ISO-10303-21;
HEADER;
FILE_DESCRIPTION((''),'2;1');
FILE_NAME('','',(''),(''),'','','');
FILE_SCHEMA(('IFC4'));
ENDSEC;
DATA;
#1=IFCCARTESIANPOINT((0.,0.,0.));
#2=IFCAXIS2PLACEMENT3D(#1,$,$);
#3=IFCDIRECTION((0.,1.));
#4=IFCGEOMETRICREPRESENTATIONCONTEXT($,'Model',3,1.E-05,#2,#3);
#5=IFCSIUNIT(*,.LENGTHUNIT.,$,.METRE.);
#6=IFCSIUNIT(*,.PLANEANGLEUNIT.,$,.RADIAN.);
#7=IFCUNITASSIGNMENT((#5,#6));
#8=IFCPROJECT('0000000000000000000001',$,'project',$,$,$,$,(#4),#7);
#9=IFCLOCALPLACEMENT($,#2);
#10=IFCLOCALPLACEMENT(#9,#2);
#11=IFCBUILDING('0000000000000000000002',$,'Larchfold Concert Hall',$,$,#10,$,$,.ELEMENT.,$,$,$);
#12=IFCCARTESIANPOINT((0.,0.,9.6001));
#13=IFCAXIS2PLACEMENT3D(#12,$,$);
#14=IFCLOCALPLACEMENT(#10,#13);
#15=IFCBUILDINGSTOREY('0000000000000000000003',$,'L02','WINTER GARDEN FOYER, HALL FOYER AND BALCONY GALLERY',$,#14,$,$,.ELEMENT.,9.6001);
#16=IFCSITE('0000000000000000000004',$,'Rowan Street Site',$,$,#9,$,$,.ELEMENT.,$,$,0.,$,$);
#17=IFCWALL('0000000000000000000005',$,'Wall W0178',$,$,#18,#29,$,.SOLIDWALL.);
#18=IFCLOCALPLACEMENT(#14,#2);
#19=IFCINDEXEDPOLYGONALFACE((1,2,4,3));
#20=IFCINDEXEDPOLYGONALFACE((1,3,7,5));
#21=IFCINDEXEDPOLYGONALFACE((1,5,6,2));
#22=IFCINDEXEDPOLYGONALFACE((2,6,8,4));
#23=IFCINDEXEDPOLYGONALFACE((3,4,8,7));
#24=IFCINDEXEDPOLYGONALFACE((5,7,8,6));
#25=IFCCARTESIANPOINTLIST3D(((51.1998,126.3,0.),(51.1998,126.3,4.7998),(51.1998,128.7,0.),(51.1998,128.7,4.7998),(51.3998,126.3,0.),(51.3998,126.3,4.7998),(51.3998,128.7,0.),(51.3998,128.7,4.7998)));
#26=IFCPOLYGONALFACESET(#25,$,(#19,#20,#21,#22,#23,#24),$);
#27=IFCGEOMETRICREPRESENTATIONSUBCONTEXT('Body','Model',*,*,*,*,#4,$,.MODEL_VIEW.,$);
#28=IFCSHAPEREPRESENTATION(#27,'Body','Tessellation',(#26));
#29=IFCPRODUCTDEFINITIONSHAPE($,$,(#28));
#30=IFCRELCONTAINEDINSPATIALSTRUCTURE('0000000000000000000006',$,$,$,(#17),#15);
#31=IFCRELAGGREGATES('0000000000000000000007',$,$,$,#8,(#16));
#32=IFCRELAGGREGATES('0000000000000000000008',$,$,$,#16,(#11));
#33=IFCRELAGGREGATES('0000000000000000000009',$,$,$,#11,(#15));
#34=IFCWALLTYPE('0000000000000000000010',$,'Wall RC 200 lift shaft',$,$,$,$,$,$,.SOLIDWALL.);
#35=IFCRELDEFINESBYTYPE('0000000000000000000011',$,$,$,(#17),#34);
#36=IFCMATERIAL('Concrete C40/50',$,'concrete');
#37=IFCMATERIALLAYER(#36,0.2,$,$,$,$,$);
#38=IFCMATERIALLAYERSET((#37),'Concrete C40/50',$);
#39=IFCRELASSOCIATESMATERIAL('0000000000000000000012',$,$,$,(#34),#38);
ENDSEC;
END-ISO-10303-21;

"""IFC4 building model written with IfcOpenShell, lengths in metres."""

from ifc_helpers import new_model, si_unit, direction, frame, frame_2d, origin, place, context, subcontext, project, spatial, rectangle, extrude, material, layer, layer_set, type_object, element, save


model = new_model("IFC4")

# Units and contexts
model_context = context("Model", 3, precision=1e-05, world=origin(), true_north=direction((0.0, 1.0)))
body_context = subcontext(model_context, "Body", "Model", "MODEL_VIEW")
ifc_project = project(units=[si_unit("LENGTHUNIT", "METRE"), si_unit("PLANEANGLEUNIT", "RADIAN")], contexts=[model_context])

# Site, building, storey
site_placement = place(None, origin())
site = spatial("IfcSite", under=ifc_project, at=site_placement, Name="Rowan Street Site", CompositionType="ELEMENT", RefElevation=0.0)
building_placement = place(site_placement, origin())
building = spatial("IfcBuilding", under=site, at=building_placement, Name="Larchfold Concert Hall", CompositionType="ELEMENT")
storey_placement = place(building_placement, frame((0.0, 0.0, 9.6001)))
storey = spatial("IfcBuildingStorey", under=building, at=storey_placement, Name="L02", Description="WINTER GARDEN FOYER, HALL FOYER AND BALCONY GALLERY", CompositionType="ELEMENT", Elevation=9.6001)

# Shared definitions
ifc_material_1 = material(Name="Concrete C40/50", Category="concrete")
ifc_layer_1 = layer(ifc_material_1, 0.2)
ifc_layer_set_1 = layer_set([ifc_layer_1], Name="Concrete C40/50")
wall_type = type_object("IfcWallType", Name="Wall RC 200 lift shaft", PredefinedType="SOLIDWALL", material=ifc_layer_set_1)

# Wall
wall_1_placement = place(storey_placement, frame((51.2998, 126.3, 0.0), z_axis=(0.0, 0.0, 1.0), x_axis=(0.0, 1.0, 0.0)))
element("IfcWall", 1, at=wall_1_placement, inside=storey, type_object=wall_type, Name="Wall W0178", PredefinedType="SOLIDWALL", context=body_context, shape_type="SweptSolid", body=[
    extrude(rectangle(XDim=2.3999, YDim=0.2, at=frame_2d((1.2, 0.0))), origin(), (0.0, 0.0, 1.0), 4.7998),
])

save(model, "model.ifc")
